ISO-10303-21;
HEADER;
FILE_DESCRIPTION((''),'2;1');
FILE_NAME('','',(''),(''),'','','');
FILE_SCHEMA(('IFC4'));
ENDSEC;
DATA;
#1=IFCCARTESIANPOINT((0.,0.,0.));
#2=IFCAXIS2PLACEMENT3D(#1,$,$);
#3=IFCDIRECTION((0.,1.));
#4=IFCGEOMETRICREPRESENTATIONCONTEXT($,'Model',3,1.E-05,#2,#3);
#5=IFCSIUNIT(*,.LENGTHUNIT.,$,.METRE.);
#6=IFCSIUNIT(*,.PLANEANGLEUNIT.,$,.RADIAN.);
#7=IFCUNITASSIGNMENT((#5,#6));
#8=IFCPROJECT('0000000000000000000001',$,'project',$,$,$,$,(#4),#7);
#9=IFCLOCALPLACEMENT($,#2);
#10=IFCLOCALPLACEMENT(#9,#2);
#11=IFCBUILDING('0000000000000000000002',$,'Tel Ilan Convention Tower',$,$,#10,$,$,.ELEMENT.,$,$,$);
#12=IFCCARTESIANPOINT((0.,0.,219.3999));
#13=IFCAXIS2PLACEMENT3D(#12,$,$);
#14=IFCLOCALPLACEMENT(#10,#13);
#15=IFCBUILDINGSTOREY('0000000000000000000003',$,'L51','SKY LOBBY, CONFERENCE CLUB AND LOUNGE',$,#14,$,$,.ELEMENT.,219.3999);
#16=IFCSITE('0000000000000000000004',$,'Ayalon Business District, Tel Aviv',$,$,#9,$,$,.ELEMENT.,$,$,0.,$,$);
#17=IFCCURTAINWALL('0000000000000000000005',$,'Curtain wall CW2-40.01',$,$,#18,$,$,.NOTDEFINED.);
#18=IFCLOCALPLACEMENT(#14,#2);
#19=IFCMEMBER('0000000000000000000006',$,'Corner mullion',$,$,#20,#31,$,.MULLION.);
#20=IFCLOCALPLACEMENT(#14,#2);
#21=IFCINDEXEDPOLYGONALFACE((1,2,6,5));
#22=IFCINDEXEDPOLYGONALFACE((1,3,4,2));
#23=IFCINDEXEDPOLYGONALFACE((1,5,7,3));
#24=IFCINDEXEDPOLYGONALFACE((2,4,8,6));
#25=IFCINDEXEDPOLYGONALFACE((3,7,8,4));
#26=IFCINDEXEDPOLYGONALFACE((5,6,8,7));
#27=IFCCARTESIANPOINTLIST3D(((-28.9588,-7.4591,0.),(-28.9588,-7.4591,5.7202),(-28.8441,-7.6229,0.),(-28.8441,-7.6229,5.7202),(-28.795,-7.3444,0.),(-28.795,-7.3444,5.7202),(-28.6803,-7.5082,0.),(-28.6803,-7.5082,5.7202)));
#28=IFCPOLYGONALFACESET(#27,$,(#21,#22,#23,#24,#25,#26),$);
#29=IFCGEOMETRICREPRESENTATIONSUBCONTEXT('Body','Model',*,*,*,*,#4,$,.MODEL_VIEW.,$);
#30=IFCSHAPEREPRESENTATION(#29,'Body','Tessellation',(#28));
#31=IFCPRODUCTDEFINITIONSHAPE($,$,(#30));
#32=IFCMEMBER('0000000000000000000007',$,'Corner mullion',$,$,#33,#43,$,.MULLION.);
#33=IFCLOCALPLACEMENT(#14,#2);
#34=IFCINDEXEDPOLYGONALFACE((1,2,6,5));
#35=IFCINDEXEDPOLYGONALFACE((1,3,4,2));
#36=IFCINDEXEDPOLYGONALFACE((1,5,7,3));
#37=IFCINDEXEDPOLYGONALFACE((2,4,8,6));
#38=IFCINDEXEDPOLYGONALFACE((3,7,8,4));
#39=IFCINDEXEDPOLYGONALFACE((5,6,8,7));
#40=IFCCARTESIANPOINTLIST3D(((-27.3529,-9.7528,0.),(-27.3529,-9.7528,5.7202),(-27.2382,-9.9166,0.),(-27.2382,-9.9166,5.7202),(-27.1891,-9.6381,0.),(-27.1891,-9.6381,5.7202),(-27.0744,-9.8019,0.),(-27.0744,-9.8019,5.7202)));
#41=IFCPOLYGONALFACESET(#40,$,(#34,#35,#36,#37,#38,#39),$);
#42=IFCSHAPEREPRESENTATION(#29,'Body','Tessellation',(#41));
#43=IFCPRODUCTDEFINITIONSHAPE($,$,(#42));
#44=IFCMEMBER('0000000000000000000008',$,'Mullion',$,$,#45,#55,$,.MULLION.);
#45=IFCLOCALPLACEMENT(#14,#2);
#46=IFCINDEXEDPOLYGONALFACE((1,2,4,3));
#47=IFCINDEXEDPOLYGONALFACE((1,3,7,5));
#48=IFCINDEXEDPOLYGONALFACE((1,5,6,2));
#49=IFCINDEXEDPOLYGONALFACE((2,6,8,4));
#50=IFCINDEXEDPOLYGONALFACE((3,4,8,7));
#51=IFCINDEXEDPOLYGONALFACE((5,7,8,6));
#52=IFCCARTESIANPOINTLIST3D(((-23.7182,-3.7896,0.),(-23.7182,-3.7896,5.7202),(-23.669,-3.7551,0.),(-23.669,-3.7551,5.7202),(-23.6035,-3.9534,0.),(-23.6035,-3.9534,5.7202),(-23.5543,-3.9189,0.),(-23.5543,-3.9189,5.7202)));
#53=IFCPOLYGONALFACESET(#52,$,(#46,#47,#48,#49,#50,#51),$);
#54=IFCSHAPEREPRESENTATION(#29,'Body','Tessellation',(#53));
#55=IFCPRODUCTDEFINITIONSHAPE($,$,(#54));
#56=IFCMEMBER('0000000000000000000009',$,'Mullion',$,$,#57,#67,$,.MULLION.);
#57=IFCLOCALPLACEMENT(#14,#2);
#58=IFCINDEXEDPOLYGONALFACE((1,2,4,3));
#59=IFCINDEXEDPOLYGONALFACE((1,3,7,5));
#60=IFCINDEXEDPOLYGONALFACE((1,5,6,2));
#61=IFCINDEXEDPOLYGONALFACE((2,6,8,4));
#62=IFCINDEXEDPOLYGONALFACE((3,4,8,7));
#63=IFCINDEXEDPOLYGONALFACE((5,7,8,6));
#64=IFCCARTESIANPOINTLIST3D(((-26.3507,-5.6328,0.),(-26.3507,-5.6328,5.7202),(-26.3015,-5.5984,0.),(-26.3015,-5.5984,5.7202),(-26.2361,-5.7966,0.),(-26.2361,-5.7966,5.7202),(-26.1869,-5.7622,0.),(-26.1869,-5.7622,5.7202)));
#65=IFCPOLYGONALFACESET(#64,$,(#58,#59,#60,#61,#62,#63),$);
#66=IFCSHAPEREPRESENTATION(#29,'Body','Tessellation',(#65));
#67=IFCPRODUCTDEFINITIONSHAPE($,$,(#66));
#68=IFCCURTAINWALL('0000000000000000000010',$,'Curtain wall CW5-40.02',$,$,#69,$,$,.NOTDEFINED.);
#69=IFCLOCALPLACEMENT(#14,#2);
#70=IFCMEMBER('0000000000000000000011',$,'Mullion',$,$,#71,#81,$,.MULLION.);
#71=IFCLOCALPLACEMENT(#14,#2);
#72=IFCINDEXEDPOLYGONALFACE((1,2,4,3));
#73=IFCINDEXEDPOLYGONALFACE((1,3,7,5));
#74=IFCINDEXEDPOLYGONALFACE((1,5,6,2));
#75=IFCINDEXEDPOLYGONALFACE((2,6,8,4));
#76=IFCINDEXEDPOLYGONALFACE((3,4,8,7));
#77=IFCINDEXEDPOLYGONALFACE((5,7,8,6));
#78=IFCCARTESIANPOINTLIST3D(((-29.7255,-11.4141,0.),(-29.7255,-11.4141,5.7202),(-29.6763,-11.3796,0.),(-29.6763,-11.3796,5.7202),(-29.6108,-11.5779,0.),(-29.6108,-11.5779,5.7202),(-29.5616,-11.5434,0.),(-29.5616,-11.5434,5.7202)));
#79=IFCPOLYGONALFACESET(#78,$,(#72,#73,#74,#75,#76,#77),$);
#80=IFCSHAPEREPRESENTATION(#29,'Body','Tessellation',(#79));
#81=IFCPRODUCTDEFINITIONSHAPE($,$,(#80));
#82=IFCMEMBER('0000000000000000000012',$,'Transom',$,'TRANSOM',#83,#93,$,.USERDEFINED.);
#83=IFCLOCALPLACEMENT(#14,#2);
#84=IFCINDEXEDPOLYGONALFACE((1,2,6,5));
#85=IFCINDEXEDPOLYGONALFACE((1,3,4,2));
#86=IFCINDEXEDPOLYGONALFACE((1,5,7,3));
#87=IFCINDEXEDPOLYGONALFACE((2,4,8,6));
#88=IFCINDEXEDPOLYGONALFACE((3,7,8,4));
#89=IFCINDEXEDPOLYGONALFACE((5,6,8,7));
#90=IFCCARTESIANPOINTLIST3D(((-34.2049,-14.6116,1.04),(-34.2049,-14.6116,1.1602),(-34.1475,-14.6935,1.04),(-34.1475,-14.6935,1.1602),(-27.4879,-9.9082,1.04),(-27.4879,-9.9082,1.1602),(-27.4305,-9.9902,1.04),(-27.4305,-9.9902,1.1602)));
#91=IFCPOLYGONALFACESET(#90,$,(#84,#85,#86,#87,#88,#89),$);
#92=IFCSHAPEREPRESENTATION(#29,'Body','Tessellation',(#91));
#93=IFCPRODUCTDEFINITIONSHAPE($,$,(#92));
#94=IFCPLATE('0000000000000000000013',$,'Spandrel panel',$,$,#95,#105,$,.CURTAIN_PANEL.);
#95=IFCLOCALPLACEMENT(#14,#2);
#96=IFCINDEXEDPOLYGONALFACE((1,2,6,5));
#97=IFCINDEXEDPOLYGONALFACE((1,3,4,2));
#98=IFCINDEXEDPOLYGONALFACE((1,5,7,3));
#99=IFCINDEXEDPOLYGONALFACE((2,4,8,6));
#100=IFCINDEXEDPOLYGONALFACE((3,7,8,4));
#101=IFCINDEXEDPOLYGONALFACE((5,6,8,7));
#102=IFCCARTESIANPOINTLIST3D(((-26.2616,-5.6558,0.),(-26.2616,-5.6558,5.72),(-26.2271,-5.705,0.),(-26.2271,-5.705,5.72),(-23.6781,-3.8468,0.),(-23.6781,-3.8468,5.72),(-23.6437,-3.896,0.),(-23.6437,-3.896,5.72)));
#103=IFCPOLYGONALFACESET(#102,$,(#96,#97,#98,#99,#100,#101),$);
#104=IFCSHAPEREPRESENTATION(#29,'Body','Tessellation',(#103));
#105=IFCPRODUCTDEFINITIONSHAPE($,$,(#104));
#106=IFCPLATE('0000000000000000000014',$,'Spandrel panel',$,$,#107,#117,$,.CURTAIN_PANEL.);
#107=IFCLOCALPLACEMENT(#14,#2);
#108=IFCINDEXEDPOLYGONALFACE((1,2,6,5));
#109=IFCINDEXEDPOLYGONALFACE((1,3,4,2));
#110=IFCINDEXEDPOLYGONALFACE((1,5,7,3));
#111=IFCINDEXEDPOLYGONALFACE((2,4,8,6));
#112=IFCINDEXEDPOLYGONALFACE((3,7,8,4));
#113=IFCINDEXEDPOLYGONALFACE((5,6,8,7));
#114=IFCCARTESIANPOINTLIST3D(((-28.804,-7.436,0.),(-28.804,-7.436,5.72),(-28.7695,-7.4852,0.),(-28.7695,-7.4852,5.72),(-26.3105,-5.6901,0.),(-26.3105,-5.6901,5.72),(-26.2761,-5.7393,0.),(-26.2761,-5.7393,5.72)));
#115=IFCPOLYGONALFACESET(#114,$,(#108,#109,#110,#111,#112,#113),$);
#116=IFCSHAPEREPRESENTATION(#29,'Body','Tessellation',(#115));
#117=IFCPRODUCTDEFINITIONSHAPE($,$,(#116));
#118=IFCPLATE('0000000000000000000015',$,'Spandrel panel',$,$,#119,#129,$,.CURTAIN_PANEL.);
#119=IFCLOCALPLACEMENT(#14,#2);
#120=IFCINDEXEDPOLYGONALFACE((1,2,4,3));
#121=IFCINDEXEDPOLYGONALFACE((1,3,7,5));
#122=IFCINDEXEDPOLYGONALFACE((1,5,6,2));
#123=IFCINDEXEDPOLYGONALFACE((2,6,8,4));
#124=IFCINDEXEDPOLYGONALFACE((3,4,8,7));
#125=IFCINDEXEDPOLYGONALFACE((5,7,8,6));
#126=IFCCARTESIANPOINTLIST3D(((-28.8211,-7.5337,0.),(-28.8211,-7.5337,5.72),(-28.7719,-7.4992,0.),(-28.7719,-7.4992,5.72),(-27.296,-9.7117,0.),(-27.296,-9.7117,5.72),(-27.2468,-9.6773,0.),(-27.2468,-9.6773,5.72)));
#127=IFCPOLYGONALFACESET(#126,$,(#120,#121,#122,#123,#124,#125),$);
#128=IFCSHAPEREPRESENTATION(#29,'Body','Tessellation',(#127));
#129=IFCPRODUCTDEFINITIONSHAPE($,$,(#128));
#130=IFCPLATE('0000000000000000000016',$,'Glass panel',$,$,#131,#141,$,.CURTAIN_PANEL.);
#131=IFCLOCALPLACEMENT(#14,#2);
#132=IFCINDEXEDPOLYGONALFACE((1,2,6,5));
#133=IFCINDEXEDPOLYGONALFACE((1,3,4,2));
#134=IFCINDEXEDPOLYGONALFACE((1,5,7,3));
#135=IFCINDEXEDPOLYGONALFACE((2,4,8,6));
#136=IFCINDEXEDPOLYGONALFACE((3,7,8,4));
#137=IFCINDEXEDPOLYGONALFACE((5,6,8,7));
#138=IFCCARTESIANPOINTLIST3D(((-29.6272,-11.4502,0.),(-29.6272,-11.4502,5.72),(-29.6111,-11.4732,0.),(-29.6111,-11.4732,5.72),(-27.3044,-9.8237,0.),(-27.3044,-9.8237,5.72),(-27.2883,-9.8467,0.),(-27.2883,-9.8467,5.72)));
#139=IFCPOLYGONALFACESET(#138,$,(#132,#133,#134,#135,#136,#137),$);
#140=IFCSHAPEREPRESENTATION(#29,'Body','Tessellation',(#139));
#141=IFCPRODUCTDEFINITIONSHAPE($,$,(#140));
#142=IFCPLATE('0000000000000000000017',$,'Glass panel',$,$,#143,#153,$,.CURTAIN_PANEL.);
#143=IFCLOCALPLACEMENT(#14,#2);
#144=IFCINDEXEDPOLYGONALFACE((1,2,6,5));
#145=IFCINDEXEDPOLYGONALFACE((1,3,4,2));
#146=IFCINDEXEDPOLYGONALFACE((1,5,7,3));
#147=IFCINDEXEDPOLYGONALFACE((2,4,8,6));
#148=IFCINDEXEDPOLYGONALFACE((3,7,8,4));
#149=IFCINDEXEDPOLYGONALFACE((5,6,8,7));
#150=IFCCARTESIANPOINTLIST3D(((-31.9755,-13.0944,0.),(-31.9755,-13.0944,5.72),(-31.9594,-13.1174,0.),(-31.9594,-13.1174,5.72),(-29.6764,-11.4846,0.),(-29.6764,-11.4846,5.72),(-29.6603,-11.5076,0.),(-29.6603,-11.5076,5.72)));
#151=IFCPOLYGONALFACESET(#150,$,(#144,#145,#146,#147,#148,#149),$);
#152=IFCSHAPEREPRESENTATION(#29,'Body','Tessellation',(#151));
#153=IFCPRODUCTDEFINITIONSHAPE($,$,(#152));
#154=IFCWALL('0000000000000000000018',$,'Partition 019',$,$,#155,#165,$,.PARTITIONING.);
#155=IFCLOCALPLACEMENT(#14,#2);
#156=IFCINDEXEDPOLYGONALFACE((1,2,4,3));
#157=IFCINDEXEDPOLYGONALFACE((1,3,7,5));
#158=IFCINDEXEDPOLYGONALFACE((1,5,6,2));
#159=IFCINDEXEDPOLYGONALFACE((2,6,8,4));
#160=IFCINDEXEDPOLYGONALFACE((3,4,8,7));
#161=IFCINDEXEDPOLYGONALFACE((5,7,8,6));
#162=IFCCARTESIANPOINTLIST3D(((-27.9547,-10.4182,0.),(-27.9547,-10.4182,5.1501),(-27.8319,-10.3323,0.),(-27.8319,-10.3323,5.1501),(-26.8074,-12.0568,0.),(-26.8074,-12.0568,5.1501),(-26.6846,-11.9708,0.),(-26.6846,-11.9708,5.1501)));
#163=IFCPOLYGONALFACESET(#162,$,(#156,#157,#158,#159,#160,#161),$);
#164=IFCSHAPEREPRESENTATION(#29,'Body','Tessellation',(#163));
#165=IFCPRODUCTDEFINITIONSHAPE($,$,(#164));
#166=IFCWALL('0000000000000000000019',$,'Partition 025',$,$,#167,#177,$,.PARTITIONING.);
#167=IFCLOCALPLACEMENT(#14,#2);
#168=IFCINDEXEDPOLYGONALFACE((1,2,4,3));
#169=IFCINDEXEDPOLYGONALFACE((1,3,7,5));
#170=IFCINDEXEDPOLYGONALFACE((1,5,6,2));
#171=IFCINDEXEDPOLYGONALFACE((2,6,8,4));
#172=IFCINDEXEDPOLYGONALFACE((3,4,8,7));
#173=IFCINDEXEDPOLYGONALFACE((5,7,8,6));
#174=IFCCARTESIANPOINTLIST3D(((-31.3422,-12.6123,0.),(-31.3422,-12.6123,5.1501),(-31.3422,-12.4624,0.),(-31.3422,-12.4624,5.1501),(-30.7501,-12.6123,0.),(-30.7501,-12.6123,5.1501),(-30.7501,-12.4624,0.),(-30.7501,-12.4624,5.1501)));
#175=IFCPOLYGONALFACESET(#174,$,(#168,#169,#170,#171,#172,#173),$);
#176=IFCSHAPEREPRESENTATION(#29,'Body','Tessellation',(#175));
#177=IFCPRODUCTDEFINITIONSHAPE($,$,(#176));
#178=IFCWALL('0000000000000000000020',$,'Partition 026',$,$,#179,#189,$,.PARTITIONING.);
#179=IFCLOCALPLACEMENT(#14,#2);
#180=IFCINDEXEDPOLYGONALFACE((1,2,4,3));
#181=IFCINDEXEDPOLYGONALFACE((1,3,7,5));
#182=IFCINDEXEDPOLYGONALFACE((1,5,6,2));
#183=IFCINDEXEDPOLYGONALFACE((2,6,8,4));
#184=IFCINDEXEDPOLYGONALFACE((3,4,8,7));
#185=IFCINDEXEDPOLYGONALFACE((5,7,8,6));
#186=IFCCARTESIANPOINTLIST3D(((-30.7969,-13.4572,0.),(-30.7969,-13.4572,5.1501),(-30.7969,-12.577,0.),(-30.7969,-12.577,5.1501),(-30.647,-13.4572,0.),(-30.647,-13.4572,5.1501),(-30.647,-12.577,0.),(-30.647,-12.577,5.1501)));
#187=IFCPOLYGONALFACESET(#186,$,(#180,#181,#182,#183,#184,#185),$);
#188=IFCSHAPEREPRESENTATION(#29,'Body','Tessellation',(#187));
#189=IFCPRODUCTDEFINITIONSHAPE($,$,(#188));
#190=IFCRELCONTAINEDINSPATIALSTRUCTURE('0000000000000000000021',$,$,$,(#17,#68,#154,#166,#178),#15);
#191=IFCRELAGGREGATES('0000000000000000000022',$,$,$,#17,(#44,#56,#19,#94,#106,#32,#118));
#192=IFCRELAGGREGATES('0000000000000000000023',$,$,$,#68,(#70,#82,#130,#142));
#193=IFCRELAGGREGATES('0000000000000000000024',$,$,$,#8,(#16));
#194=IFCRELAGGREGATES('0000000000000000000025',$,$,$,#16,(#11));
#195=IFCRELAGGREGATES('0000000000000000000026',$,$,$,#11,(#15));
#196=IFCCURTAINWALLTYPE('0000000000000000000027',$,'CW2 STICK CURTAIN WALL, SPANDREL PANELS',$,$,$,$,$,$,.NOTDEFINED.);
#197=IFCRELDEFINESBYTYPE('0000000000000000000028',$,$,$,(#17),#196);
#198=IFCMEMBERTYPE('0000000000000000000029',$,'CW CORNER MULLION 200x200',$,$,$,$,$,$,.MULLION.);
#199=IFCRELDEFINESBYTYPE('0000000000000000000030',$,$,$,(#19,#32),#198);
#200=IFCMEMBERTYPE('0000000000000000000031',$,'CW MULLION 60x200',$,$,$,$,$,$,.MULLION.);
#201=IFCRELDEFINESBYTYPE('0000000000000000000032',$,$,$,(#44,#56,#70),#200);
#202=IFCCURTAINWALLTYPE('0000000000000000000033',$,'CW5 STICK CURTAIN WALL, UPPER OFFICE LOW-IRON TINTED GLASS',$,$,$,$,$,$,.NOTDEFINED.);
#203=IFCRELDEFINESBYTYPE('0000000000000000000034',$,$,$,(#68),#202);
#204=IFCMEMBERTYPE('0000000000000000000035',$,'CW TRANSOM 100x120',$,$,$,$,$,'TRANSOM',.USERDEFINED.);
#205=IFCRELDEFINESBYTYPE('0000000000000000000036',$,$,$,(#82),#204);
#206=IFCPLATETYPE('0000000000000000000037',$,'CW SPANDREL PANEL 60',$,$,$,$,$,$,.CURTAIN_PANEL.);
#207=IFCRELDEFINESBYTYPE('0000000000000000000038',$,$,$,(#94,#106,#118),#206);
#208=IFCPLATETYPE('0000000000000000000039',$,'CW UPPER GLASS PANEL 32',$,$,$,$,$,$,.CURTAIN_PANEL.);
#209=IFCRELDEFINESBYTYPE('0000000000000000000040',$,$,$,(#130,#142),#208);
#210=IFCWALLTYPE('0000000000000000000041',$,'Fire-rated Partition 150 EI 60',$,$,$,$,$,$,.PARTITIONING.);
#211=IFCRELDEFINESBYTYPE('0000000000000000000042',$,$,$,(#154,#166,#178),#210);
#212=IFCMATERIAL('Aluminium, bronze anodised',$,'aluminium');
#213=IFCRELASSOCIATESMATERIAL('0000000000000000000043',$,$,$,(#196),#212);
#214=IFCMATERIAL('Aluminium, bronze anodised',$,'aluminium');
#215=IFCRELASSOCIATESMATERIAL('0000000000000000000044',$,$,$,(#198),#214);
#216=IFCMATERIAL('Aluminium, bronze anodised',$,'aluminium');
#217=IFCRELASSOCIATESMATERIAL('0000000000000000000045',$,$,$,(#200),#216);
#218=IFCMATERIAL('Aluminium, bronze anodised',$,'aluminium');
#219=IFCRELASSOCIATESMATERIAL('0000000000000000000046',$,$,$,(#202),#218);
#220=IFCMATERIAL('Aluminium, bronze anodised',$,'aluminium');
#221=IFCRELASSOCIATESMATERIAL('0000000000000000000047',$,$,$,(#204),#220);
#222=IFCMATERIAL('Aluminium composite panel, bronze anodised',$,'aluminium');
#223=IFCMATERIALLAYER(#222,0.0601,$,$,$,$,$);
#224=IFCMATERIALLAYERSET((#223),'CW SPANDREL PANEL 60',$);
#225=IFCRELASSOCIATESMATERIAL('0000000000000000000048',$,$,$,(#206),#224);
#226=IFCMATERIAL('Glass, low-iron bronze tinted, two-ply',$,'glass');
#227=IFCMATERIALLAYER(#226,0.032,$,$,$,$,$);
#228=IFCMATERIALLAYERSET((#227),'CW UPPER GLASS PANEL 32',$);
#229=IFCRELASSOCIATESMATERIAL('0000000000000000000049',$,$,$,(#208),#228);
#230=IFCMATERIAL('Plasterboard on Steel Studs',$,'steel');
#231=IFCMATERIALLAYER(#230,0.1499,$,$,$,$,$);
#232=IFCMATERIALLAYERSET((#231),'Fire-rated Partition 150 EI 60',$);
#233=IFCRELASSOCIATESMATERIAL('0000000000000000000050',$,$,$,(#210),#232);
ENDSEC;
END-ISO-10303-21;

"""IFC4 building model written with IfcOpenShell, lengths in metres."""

from ifc_helpers import new_model, si_unit, direction, frame, frame_2d, origin, origin_2d, place, context, subcontext, project, spatial, rectangle, extrude, material, layer, layer_set, material_profile, profile_set, type_object, element, aggregate, save


model = new_model("IFC4")

# Units and contexts
model_context = context("Model", 3, precision=1e-05, world=origin(), true_north=direction((0.0, 1.0)))
body_context = subcontext(model_context, "Body", "Model", "MODEL_VIEW")
ifc_project = project(units=[si_unit("LENGTHUNIT", "METRE"), si_unit("PLANEANGLEUNIT", "RADIAN")], contexts=[model_context])

# Site, building, storey
site_placement = place(None, origin())
site = spatial("IfcSite", under=ifc_project, at=site_placement, Name="Ayalon Business District, Tel Aviv", CompositionType="ELEMENT", RefElevation=0.0)
building_placement = place(site_placement, origin())
building = spatial("IfcBuilding", under=site, at=building_placement, Name="Tel Ilan Convention Tower", CompositionType="ELEMENT")
storey_placement = place(building_placement, frame((0.0, 0.0, 219.3999)))
storey = spatial("IfcBuildingStorey", under=building, at=storey_placement, Name="L51", Description="SKY LOBBY, CONFERENCE CLUB AND LOUNGE", CompositionType="ELEMENT", Elevation=219.3999)

# Curtain walls, members
ifc_material_1 = material(Name="Aluminium, bronze anodised", Category="aluminium")
curtain_wall_type_1 = type_object("IfcCurtainWallType", Name="CW2 STICK CURTAIN WALL, SPANDREL PANELS", PredefinedType="NOTDEFINED", material=ifc_material_1)
curtain_wall_1_placement = place(storey_placement, origin())
curtain_wall_1 = element("IfcCurtainWall", 1, at=curtain_wall_1_placement, inside=storey, type_object=curtain_wall_type_1, Name="Curtain wall CW2-40.01", PredefinedType="NOTDEFINED")
ifc_material_2 = material(Name="Aluminium, bronze anodised", Category="aluminium")
ifc_material_profile_1 = material_profile(ifc_material_2, rectangle(XDim=0.2, YDim=0.2, at=origin_2d()), Name="CW CORNER MULLION 200x200")
ifc_profile_set_1 = profile_set([ifc_material_profile_1], Name="Aluminium, bronze anodised")
member_type_1 = type_object("IfcMemberType", Name="CW CORNER MULLION 200x200", PredefinedType="MULLION", material=ifc_profile_set_1)
member_1_placement = place(storey_placement, frame((-28.8196, -7.4836, 0.0), z_axis=(0.0, 0.0, 1.0), x_axis=(-0.819152, -0.573576, 0.0)))
member_1 = element("IfcMember", 2, at=member_1_placement, type_object=member_type_1, Name="Corner mullion", PredefinedType="MULLION", context=body_context, shape_type="SweptSolid", body=[
    extrude(rectangle(XDim=0.2, YDim=0.2, at=origin_2d()), origin(), (0.0, 0.0, 1.0), 5.7202),
])
member_2_placement = place(storey_placement, frame((-27.2136, -9.7773, 0.0), z_axis=(0.0, 0.0, 1.0), x_axis=(0.573576, -0.819152, 0.0)))
member_2 = element("IfcMember", 3, at=member_2_placement, type_object=member_type_1, Name="Corner mullion", PredefinedType="MULLION", context=body_context, shape_type="SweptSolid", body=[
    extrude(rectangle(XDim=0.2, YDim=0.2, at=origin_2d()), origin(), (0.0, 0.0, 1.0), 5.7202),
])
ifc_material_3 = material(Name="Aluminium, bronze anodised", Category="aluminium")
ifc_material_profile_2 = material_profile(ifc_material_3, rectangle(XDim=0.0601, YDim=0.2, at=origin_2d()), Name="CW MULLION 60x200")
ifc_profile_set_2 = profile_set([ifc_material_profile_2], Name="Aluminium, bronze anodised")
member_type_2 = type_object("IfcMemberType", Name="CW MULLION 60x200", PredefinedType="MULLION", material=ifc_profile_set_2)
member_3_placement = place(storey_placement, frame((-23.6362, -3.8542, 0.0), z_axis=(0.0, 0.0, 1.0), x_axis=(-0.819152, -0.573576, 0.0)))
member_3 = element("IfcMember", 4, at=member_3_placement, type_object=member_type_2, Name="Mullion", PredefinedType="MULLION", context=body_context, shape_type="SweptSolid", body=[
    extrude(rectangle(XDim=0.0601, YDim=0.2, at=origin_2d()), origin(), (0.0, 0.0, 1.0), 5.7202),
])
member_4_placement = place(storey_placement, frame((-26.2688, -5.6975, 0.0), z_axis=(0.0, 0.0, 1.0), x_axis=(-0.819152, -0.573576, 0.0)))
member_4 = element("IfcMember", 5, at=member_4_placement, type_object=member_type_2, Name="Mullion", PredefinedType="MULLION", context=body_context, shape_type="SweptSolid", body=[
    extrude(rectangle(XDim=0.0601, YDim=0.2, at=origin_2d()), origin(), (0.0, 0.0, 1.0), 5.7202),
])
ifc_material_4 = material(Name="Aluminium, bronze anodised", Category="aluminium")
curtain_wall_type_2 = type_object("IfcCurtainWallType", Name="CW5 STICK CURTAIN WALL, UPPER OFFICE LOW-IRON TINTED GLASS", PredefinedType="NOTDEFINED", material=ifc_material_4)
curtain_wall_2_placement = place(storey_placement, origin())
curtain_wall_2 = element("IfcCurtainWall", 6, at=curtain_wall_2_placement, inside=storey, type_object=curtain_wall_type_2, Name="Curtain wall CW5-40.02", PredefinedType="NOTDEFINED")
member_5_placement = place(storey_placement, frame((-29.6436, -11.4788, 0.0), z_axis=(0.0, 0.0, 1.0), x_axis=(-0.819152, -0.573576, 0.0)))
member_5 = element("IfcMember", 7, at=member_5_placement, type_object=member_type_2, Name="Mullion", PredefinedType="MULLION", context=body_context, shape_type="SweptSolid", body=[
    extrude(rectangle(XDim=0.0601, YDim=0.2, at=origin_2d()), origin(), (0.0, 0.0, 1.0), 5.7202),
])
ifc_material_5 = material(Name="Aluminium, bronze anodised", Category="aluminium")
ifc_material_profile_3 = material_profile(ifc_material_5, rectangle(XDim=0.1001, YDim=0.1201, at=origin_2d()), Name="CW TRANSOM 100x120")
ifc_profile_set_3 = profile_set([ifc_material_profile_3], Name="Aluminium, bronze anodised")
member_type_3 = type_object("IfcMemberType", Name="CW TRANSOM 100x120", ElementType="TRANSOM", PredefinedType="USERDEFINED", material=ifc_profile_set_3)
member_6_placement = place(storey_placement, frame((-27.4592, -9.9492, 1.1001), z_axis=(-0.819149, -0.57358, 0.0), x_axis=(0.57358, -0.819149, 0.0)))
member_6 = element("IfcMember", 8, at=member_6_placement, type_object=member_type_3, Name="Transom", ObjectType="TRANSOM", PredefinedType="USERDEFINED", context=body_context, shape_type="SweptSolid", body=[
    extrude(rectangle(XDim=0.1001, YDim=0.1201, at=origin_2d()), origin(), (0.0, 0.0, 1.0), 8.2),
])

# Plates
ifc_material_6 = material(Name="Aluminium composite panel, bronze anodised", Category="aluminium")
ifc_layer_1 = layer(ifc_material_6, 0.0601)
ifc_layer_set_1 = layer_set([ifc_layer_1], Name="CW SPANDREL PANEL 60")
plate_type_1 = type_object("IfcPlateType", Name="CW SPANDREL PANEL 60", PredefinedType="CURTAIN_PANEL", material=ifc_layer_set_1)
plate_1_placement = place(storey_placement, frame((-24.9526, -4.7759, 0.0), z_axis=(0.0, 0.0, 1.0), x_axis=(-0.819152, -0.573576, 0.0)))
plate_1 = element("IfcPlate", 9, at=plate_1_placement, type_object=plate_type_1, Name="Spandrel panel", PredefinedType="CURTAIN_PANEL", context=body_context, shape_type="SweptSolid", body=[
    extrude(rectangle(XDim=3.1538, YDim=0.0601, at=origin_2d()), origin(), (0.0, 0.0, 1.0), 5.72),
])
plate_2_placement = place(storey_placement, frame((-27.54, -6.5876, 0.0), z_axis=(0.0, 0.0, 1.0), x_axis=(-0.819152, -0.573576, 0.0)))
plate_2 = element("IfcPlate", 10, at=plate_2_placement, type_object=plate_type_1, Name="Spandrel panel", PredefinedType="CURTAIN_PANEL", context=body_context, shape_type="SweptSolid", body=[
    extrude(rectangle(XDim=3.0439, YDim=0.0601, at=origin_2d()), origin(), (0.0, 0.0, 1.0), 5.72),
])
plate_3_placement = place(storey_placement, frame((-28.0339, -8.6055, 0.0), z_axis=(0.0, 0.0, 1.0), x_axis=(0.573576, -0.819152, 0.0)))
plate_3 = element("IfcPlate", 11, at=plate_3_placement, type_object=plate_type_1, Name="Spandrel panel", PredefinedType="CURTAIN_PANEL", context=body_context, shape_type="SweptSolid", body=[
    extrude(rectangle(XDim=2.6589, YDim=0.0601, at=origin_2d()), origin(), (0.0, 0.0, 1.0), 5.72),
])
aggregate(curtain_wall_1, [member_3, member_4, member_1, plate_1, plate_2, member_2, plate_3])
ifc_material_7 = material(Name="Glass, low-iron bronze tinted, two-ply", Category="glass")
ifc_layer_2 = layer(ifc_material_7, 0.032)
ifc_layer_set_2 = layer_set([ifc_layer_2], Name="CW UPPER GLASS PANEL 32")
plate_type_2 = type_object("IfcPlateType", Name="CW UPPER GLASS PANEL 32", PredefinedType="CURTAIN_PANEL", material=ifc_layer_set_2)
plate_4_placement = place(storey_placement, frame((-28.4578, -10.6484, 0.0), z_axis=(0.0, 0.0, 1.0), x_axis=(-0.819152, -0.573576, 0.0)))
plate_4 = element("IfcPlate", 12, at=plate_4_placement, type_object=plate_type_2, Name="Glass panel", PredefinedType="CURTAIN_PANEL", context=body_context, shape_type="SweptSolid", body=[
    extrude(rectangle(XDim=2.8357, YDim=0.0281, at=origin_2d()), origin(), (0.0, 0.0, 1.0), 5.72),
])
plate_5_placement = place(storey_placement, frame((-30.8179, -12.301, 0.0), z_axis=(0.0, 0.0, 1.0), x_axis=(-0.819152, -0.573576, 0.0)))
plate_5 = element("IfcPlate", 13, at=plate_5_placement, type_object=plate_type_2, Name="Glass panel", PredefinedType="CURTAIN_PANEL", context=body_context, shape_type="SweptSolid", body=[
    extrude(rectangle(XDim=2.8066, YDim=0.0281, at=origin_2d()), origin(), (0.0, 0.0, 1.0), 5.72),
])
aggregate(curtain_wall_2, [member_5, member_6, plate_4, plate_5])

# Walls
ifc_material_8 = material(Name="Plasterboard on Steel Studs", Category="steel")
ifc_layer_3 = layer(ifc_material_8, 0.1499)
ifc_layer_set_3 = layer_set([ifc_layer_3], Name="Fire-rated Partition 150 EI 60")
wall_type_1 = type_object("IfcWallType", Name="Fire-rated Partition 150 EI 60", PredefinedType="PARTITIONING", material=ifc_layer_set_3)
wall_1_placement = place(storey_placement, frame((-26.7461, -12.0137, 0.0), z_axis=(0.0, 0.0, 1.0), x_axis=(-0.573569, 0.819157, 0.0)))
element("IfcWall", 14, at=wall_1_placement, inside=storey, type_object=wall_type_1, Name="Partition 019", PredefinedType="PARTITIONING", context=body_context, shape_type="SweptSolid", body=[
    extrude(rectangle(XDim=2.0002, YDim=0.1499, at=frame_2d((1.0, 0.0))), origin(), (0.0, 0.0, 1.0), 5.1501),
])
wall_2_placement = place(storey_placement, frame((-31.342, -12.5374, 0.0), z_axis=(0.0, 0.0, 1.0), x_axis=(1.0, 0.0, 0.0)))
element("IfcWall", 15, at=wall_2_placement, inside=storey, type_object=wall_type_1, Name="Partition 025", PredefinedType="PARTITIONING", context=body_context, shape_type="SweptSolid", body=[
    extrude(rectangle(XDim=0.592, YDim=0.1499, at=frame_2d((0.2959, 0.0))), origin(), (0.0, 0.0, 1.0), 5.1501),
])
wall_3_placement = place(storey_placement, frame((-30.7219, -12.5771, 0.0), z_axis=(0.0, 0.0, 1.0), x_axis=(0.0, -1.0, 0.0)))
element("IfcWall", 16, at=wall_3_placement, inside=storey, type_object=wall_type_1, Name="Partition 026", PredefinedType="PARTITIONING", context=body_context, shape_type="SweptSolid", body=[
    extrude(rectangle(XDim=0.8801, YDim=0.1499, at=frame_2d((0.4399, 0.0))), origin(), (0.0, 0.0, 1.0), 5.1501),
])

save(model, "model.ifc")
